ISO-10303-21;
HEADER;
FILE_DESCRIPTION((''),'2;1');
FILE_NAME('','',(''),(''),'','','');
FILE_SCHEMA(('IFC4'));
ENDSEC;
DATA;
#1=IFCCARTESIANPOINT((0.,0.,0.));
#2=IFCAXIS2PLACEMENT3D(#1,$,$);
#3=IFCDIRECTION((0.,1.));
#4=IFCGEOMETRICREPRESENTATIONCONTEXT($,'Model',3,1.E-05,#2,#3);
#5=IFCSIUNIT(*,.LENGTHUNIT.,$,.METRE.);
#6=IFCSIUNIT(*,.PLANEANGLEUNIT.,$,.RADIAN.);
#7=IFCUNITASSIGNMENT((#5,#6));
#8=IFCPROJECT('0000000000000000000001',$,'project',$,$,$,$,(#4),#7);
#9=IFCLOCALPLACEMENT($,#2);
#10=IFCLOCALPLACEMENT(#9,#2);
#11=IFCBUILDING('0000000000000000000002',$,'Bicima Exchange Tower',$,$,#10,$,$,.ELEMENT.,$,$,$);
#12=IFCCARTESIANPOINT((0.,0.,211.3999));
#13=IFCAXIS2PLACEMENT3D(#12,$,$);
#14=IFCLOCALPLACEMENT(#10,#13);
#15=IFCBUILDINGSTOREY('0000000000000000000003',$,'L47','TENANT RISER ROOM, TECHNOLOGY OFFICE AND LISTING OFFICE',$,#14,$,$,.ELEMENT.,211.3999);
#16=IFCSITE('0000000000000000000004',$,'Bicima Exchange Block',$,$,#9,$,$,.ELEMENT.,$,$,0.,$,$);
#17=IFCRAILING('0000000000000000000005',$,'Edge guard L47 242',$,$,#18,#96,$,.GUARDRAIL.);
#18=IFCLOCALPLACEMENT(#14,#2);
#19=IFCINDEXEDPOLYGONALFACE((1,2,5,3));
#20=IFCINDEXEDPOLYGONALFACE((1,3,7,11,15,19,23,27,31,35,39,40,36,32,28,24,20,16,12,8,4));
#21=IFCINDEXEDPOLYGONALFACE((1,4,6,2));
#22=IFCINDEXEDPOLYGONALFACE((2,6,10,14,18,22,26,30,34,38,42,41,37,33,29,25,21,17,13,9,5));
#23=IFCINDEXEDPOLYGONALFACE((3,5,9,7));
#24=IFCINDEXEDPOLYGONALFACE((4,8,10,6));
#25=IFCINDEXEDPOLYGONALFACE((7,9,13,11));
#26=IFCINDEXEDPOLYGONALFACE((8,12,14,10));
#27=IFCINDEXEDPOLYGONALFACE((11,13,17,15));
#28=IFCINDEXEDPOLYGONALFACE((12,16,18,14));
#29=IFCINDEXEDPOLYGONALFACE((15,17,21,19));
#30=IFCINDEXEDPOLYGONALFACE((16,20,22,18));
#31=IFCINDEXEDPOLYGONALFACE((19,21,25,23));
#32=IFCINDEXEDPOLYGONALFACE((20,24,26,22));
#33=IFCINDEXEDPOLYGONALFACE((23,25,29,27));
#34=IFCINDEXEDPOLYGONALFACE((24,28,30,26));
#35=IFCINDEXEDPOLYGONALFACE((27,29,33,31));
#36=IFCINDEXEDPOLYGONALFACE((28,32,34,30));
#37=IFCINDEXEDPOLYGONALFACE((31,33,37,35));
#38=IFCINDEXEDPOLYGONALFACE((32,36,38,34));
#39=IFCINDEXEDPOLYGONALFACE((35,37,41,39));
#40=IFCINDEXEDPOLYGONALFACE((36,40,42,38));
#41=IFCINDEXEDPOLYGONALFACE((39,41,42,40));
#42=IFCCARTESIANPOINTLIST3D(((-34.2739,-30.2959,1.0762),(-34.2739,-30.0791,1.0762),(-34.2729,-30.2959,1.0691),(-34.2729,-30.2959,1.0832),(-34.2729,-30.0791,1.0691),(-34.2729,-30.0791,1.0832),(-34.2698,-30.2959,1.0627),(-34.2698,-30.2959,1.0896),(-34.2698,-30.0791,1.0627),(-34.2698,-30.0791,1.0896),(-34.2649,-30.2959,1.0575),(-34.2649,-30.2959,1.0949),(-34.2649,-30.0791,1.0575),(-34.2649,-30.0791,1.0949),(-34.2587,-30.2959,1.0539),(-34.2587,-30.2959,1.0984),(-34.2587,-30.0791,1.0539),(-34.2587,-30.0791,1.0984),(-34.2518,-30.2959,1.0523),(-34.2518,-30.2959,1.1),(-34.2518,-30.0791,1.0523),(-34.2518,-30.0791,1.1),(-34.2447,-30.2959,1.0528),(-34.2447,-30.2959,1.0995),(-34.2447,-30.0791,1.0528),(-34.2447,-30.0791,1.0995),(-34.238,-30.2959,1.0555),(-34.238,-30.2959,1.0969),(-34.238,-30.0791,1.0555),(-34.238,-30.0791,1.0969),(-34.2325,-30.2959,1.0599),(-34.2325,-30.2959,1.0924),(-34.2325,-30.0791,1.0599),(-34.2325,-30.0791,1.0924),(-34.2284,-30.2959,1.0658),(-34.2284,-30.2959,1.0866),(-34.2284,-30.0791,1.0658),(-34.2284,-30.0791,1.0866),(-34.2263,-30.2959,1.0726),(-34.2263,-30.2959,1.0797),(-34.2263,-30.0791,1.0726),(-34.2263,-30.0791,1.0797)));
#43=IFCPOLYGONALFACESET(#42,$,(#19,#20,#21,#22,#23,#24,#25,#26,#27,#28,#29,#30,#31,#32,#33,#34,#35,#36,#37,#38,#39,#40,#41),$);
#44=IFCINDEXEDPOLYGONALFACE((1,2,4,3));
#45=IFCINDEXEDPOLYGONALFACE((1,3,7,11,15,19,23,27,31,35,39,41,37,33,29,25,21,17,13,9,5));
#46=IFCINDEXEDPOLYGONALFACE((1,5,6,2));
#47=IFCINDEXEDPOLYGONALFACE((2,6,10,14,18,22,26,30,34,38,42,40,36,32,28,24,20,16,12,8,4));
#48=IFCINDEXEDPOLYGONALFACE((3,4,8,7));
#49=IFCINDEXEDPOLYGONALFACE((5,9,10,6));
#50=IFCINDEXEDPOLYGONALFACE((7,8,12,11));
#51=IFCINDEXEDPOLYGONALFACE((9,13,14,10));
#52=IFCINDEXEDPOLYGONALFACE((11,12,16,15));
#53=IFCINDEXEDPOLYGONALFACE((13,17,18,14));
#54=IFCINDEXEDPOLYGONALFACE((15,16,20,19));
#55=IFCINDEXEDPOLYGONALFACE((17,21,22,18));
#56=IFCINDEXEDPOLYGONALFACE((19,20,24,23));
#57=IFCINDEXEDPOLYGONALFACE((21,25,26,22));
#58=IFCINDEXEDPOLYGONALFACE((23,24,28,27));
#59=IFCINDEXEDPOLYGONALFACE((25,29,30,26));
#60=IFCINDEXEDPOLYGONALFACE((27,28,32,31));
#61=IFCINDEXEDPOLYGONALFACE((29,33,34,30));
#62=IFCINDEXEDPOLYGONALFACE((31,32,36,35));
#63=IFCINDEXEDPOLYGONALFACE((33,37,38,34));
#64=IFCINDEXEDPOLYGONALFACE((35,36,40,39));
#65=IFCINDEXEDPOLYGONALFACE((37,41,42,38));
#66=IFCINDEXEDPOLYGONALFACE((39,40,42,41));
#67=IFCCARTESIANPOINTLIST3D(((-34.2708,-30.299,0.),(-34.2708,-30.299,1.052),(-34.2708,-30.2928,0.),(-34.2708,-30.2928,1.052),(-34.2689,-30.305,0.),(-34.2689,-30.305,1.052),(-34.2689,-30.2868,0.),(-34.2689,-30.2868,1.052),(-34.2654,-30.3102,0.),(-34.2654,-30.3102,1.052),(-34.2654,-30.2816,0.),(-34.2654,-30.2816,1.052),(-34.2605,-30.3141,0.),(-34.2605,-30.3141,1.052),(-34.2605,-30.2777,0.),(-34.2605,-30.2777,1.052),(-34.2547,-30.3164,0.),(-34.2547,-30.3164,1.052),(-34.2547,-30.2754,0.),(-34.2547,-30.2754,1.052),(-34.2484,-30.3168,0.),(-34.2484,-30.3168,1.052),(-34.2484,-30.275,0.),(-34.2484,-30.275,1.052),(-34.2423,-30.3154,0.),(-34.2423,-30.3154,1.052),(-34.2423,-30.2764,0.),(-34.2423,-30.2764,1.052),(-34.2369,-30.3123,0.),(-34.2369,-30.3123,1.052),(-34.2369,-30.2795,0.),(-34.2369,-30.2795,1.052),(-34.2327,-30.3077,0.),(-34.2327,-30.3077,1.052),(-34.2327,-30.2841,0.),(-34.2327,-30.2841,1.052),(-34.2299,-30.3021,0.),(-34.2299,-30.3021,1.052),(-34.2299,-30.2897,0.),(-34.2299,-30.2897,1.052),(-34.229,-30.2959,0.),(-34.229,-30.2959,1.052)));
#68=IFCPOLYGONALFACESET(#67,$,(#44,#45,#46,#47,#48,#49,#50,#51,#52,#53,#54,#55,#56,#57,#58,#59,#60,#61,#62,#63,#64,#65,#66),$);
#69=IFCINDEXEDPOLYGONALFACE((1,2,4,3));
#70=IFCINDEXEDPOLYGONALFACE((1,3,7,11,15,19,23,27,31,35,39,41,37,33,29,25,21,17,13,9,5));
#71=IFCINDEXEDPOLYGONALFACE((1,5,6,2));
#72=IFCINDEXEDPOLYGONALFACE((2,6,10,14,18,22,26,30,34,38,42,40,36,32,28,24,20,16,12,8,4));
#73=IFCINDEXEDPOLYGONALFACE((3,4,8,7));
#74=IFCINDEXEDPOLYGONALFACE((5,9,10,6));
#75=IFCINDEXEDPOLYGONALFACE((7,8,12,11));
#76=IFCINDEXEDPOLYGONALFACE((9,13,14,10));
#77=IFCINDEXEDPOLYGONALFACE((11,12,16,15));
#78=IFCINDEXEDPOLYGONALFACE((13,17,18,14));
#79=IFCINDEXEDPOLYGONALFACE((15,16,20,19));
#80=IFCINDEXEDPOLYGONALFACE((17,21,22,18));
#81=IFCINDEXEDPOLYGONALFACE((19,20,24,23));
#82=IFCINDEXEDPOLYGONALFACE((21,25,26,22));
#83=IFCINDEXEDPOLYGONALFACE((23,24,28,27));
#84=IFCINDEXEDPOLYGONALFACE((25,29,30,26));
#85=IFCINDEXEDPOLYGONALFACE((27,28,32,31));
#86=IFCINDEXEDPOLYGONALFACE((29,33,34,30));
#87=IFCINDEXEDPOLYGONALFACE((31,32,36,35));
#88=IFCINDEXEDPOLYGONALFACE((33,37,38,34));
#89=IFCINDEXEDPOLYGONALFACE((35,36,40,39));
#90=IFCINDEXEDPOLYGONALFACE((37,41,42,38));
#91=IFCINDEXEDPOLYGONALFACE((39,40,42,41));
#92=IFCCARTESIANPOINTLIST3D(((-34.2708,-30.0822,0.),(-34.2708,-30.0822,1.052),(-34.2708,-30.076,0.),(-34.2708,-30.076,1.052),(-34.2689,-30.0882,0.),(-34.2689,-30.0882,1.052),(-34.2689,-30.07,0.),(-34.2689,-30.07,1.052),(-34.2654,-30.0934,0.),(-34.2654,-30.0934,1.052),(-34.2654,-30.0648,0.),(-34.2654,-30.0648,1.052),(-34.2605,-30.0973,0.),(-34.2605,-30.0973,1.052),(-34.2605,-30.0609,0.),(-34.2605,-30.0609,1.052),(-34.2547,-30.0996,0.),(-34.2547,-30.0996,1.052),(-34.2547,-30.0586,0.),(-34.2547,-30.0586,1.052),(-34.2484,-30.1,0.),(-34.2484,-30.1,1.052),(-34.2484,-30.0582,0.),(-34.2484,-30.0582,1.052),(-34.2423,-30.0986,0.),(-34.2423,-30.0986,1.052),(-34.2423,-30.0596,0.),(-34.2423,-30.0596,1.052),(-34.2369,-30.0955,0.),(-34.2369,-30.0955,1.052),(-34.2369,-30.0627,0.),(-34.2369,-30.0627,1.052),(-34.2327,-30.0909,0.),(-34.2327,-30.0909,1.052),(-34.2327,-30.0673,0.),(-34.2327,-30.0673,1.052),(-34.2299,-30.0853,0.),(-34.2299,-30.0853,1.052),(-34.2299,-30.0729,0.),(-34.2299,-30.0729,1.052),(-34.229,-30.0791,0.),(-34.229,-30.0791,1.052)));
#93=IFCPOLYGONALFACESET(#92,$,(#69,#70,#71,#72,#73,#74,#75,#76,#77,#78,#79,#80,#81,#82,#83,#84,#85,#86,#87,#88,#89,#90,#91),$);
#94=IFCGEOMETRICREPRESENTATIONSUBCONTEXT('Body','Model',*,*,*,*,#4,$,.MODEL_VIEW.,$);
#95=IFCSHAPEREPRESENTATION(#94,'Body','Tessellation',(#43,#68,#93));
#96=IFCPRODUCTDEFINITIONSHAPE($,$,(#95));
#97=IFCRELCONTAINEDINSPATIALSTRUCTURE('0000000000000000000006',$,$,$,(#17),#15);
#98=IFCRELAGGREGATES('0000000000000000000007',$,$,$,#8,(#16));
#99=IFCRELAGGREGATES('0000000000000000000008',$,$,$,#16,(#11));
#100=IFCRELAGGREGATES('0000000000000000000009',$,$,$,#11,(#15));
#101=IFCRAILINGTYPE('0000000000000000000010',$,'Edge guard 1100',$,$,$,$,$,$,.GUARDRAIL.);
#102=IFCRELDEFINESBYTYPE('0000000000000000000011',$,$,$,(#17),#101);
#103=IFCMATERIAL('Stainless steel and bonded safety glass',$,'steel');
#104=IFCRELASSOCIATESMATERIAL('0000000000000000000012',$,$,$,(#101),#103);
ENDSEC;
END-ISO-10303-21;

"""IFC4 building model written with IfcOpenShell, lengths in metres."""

from ifc_helpers import new_model, si_unit, direction, frame, origin, origin_2d, place, context, subcontext, project, spatial, circle, extrude, material, type_object, element, save


model = new_model("IFC4")

# Units and contexts
model_context = context("Model", 3, precision=1e-05, world=origin(), true_north=direction((0.0, 1.0)))
body_context = subcontext(model_context, "Body", "Model", "MODEL_VIEW")
ifc_project = project(units=[si_unit("LENGTHUNIT", "METRE"), si_unit("PLANEANGLEUNIT", "RADIAN")], contexts=[model_context])

# Site, building, storey
site_placement = place(None, origin())
site = spatial("IfcSite", under=ifc_project, at=site_placement, Name="Bicima Exchange Block", CompositionType="ELEMENT", RefElevation=0.0)
building_placement = place(site_placement, origin())
building = spatial("IfcBuilding", under=site, at=building_placement, Name="Bicima Exchange Tower", CompositionType="ELEMENT")
storey_placement = place(building_placement, frame((0.0, 0.0, 211.3999)))
storey = spatial("IfcBuildingStorey", under=building, at=storey_placement, Name="L47", Description="TENANT RISER ROOM, TECHNOLOGY OFFICE AND LISTING OFFICE", CompositionType="ELEMENT", Elevation=211.3999)

# Railing
ifc_material_1 = material(Name="Stainless steel and bonded safety glass", Category="steel")
railing_type = type_object("IfcRailingType", Name="Edge guard 1100", PredefinedType="GUARDRAIL", material=ifc_material_1)
railing_1_placement = place(storey_placement, frame((-34.25, -30.2959, 0.0)))
element("IfcRailing", 1, at=railing_1_placement, inside=storey, type_object=railing_type, Name="Edge guard L47 242", PredefinedType="GUARDRAIL", context=body_context, shape_type="SweptSolid", body=[
    extrude(circle(Radius=0.0239, at=origin_2d()), frame((0.0, 0.0, 1.0762), z_axis=(0.0, 1.0, 0.0), x_axis=(-1.0, 0.0, 0.0)), (0.0, 0.0, 1.0), 0.2168),
    extrude(circle(Radius=0.021, at=origin_2d()), origin(), (0.0, 0.0, 1.0), 1.052),
    extrude(circle(Radius=0.021, at=origin_2d()), frame((0.0, 0.2168, 0.0)), (0.0, 0.0, 1.0), 1.052),
])

save(model, "model.ifc")
